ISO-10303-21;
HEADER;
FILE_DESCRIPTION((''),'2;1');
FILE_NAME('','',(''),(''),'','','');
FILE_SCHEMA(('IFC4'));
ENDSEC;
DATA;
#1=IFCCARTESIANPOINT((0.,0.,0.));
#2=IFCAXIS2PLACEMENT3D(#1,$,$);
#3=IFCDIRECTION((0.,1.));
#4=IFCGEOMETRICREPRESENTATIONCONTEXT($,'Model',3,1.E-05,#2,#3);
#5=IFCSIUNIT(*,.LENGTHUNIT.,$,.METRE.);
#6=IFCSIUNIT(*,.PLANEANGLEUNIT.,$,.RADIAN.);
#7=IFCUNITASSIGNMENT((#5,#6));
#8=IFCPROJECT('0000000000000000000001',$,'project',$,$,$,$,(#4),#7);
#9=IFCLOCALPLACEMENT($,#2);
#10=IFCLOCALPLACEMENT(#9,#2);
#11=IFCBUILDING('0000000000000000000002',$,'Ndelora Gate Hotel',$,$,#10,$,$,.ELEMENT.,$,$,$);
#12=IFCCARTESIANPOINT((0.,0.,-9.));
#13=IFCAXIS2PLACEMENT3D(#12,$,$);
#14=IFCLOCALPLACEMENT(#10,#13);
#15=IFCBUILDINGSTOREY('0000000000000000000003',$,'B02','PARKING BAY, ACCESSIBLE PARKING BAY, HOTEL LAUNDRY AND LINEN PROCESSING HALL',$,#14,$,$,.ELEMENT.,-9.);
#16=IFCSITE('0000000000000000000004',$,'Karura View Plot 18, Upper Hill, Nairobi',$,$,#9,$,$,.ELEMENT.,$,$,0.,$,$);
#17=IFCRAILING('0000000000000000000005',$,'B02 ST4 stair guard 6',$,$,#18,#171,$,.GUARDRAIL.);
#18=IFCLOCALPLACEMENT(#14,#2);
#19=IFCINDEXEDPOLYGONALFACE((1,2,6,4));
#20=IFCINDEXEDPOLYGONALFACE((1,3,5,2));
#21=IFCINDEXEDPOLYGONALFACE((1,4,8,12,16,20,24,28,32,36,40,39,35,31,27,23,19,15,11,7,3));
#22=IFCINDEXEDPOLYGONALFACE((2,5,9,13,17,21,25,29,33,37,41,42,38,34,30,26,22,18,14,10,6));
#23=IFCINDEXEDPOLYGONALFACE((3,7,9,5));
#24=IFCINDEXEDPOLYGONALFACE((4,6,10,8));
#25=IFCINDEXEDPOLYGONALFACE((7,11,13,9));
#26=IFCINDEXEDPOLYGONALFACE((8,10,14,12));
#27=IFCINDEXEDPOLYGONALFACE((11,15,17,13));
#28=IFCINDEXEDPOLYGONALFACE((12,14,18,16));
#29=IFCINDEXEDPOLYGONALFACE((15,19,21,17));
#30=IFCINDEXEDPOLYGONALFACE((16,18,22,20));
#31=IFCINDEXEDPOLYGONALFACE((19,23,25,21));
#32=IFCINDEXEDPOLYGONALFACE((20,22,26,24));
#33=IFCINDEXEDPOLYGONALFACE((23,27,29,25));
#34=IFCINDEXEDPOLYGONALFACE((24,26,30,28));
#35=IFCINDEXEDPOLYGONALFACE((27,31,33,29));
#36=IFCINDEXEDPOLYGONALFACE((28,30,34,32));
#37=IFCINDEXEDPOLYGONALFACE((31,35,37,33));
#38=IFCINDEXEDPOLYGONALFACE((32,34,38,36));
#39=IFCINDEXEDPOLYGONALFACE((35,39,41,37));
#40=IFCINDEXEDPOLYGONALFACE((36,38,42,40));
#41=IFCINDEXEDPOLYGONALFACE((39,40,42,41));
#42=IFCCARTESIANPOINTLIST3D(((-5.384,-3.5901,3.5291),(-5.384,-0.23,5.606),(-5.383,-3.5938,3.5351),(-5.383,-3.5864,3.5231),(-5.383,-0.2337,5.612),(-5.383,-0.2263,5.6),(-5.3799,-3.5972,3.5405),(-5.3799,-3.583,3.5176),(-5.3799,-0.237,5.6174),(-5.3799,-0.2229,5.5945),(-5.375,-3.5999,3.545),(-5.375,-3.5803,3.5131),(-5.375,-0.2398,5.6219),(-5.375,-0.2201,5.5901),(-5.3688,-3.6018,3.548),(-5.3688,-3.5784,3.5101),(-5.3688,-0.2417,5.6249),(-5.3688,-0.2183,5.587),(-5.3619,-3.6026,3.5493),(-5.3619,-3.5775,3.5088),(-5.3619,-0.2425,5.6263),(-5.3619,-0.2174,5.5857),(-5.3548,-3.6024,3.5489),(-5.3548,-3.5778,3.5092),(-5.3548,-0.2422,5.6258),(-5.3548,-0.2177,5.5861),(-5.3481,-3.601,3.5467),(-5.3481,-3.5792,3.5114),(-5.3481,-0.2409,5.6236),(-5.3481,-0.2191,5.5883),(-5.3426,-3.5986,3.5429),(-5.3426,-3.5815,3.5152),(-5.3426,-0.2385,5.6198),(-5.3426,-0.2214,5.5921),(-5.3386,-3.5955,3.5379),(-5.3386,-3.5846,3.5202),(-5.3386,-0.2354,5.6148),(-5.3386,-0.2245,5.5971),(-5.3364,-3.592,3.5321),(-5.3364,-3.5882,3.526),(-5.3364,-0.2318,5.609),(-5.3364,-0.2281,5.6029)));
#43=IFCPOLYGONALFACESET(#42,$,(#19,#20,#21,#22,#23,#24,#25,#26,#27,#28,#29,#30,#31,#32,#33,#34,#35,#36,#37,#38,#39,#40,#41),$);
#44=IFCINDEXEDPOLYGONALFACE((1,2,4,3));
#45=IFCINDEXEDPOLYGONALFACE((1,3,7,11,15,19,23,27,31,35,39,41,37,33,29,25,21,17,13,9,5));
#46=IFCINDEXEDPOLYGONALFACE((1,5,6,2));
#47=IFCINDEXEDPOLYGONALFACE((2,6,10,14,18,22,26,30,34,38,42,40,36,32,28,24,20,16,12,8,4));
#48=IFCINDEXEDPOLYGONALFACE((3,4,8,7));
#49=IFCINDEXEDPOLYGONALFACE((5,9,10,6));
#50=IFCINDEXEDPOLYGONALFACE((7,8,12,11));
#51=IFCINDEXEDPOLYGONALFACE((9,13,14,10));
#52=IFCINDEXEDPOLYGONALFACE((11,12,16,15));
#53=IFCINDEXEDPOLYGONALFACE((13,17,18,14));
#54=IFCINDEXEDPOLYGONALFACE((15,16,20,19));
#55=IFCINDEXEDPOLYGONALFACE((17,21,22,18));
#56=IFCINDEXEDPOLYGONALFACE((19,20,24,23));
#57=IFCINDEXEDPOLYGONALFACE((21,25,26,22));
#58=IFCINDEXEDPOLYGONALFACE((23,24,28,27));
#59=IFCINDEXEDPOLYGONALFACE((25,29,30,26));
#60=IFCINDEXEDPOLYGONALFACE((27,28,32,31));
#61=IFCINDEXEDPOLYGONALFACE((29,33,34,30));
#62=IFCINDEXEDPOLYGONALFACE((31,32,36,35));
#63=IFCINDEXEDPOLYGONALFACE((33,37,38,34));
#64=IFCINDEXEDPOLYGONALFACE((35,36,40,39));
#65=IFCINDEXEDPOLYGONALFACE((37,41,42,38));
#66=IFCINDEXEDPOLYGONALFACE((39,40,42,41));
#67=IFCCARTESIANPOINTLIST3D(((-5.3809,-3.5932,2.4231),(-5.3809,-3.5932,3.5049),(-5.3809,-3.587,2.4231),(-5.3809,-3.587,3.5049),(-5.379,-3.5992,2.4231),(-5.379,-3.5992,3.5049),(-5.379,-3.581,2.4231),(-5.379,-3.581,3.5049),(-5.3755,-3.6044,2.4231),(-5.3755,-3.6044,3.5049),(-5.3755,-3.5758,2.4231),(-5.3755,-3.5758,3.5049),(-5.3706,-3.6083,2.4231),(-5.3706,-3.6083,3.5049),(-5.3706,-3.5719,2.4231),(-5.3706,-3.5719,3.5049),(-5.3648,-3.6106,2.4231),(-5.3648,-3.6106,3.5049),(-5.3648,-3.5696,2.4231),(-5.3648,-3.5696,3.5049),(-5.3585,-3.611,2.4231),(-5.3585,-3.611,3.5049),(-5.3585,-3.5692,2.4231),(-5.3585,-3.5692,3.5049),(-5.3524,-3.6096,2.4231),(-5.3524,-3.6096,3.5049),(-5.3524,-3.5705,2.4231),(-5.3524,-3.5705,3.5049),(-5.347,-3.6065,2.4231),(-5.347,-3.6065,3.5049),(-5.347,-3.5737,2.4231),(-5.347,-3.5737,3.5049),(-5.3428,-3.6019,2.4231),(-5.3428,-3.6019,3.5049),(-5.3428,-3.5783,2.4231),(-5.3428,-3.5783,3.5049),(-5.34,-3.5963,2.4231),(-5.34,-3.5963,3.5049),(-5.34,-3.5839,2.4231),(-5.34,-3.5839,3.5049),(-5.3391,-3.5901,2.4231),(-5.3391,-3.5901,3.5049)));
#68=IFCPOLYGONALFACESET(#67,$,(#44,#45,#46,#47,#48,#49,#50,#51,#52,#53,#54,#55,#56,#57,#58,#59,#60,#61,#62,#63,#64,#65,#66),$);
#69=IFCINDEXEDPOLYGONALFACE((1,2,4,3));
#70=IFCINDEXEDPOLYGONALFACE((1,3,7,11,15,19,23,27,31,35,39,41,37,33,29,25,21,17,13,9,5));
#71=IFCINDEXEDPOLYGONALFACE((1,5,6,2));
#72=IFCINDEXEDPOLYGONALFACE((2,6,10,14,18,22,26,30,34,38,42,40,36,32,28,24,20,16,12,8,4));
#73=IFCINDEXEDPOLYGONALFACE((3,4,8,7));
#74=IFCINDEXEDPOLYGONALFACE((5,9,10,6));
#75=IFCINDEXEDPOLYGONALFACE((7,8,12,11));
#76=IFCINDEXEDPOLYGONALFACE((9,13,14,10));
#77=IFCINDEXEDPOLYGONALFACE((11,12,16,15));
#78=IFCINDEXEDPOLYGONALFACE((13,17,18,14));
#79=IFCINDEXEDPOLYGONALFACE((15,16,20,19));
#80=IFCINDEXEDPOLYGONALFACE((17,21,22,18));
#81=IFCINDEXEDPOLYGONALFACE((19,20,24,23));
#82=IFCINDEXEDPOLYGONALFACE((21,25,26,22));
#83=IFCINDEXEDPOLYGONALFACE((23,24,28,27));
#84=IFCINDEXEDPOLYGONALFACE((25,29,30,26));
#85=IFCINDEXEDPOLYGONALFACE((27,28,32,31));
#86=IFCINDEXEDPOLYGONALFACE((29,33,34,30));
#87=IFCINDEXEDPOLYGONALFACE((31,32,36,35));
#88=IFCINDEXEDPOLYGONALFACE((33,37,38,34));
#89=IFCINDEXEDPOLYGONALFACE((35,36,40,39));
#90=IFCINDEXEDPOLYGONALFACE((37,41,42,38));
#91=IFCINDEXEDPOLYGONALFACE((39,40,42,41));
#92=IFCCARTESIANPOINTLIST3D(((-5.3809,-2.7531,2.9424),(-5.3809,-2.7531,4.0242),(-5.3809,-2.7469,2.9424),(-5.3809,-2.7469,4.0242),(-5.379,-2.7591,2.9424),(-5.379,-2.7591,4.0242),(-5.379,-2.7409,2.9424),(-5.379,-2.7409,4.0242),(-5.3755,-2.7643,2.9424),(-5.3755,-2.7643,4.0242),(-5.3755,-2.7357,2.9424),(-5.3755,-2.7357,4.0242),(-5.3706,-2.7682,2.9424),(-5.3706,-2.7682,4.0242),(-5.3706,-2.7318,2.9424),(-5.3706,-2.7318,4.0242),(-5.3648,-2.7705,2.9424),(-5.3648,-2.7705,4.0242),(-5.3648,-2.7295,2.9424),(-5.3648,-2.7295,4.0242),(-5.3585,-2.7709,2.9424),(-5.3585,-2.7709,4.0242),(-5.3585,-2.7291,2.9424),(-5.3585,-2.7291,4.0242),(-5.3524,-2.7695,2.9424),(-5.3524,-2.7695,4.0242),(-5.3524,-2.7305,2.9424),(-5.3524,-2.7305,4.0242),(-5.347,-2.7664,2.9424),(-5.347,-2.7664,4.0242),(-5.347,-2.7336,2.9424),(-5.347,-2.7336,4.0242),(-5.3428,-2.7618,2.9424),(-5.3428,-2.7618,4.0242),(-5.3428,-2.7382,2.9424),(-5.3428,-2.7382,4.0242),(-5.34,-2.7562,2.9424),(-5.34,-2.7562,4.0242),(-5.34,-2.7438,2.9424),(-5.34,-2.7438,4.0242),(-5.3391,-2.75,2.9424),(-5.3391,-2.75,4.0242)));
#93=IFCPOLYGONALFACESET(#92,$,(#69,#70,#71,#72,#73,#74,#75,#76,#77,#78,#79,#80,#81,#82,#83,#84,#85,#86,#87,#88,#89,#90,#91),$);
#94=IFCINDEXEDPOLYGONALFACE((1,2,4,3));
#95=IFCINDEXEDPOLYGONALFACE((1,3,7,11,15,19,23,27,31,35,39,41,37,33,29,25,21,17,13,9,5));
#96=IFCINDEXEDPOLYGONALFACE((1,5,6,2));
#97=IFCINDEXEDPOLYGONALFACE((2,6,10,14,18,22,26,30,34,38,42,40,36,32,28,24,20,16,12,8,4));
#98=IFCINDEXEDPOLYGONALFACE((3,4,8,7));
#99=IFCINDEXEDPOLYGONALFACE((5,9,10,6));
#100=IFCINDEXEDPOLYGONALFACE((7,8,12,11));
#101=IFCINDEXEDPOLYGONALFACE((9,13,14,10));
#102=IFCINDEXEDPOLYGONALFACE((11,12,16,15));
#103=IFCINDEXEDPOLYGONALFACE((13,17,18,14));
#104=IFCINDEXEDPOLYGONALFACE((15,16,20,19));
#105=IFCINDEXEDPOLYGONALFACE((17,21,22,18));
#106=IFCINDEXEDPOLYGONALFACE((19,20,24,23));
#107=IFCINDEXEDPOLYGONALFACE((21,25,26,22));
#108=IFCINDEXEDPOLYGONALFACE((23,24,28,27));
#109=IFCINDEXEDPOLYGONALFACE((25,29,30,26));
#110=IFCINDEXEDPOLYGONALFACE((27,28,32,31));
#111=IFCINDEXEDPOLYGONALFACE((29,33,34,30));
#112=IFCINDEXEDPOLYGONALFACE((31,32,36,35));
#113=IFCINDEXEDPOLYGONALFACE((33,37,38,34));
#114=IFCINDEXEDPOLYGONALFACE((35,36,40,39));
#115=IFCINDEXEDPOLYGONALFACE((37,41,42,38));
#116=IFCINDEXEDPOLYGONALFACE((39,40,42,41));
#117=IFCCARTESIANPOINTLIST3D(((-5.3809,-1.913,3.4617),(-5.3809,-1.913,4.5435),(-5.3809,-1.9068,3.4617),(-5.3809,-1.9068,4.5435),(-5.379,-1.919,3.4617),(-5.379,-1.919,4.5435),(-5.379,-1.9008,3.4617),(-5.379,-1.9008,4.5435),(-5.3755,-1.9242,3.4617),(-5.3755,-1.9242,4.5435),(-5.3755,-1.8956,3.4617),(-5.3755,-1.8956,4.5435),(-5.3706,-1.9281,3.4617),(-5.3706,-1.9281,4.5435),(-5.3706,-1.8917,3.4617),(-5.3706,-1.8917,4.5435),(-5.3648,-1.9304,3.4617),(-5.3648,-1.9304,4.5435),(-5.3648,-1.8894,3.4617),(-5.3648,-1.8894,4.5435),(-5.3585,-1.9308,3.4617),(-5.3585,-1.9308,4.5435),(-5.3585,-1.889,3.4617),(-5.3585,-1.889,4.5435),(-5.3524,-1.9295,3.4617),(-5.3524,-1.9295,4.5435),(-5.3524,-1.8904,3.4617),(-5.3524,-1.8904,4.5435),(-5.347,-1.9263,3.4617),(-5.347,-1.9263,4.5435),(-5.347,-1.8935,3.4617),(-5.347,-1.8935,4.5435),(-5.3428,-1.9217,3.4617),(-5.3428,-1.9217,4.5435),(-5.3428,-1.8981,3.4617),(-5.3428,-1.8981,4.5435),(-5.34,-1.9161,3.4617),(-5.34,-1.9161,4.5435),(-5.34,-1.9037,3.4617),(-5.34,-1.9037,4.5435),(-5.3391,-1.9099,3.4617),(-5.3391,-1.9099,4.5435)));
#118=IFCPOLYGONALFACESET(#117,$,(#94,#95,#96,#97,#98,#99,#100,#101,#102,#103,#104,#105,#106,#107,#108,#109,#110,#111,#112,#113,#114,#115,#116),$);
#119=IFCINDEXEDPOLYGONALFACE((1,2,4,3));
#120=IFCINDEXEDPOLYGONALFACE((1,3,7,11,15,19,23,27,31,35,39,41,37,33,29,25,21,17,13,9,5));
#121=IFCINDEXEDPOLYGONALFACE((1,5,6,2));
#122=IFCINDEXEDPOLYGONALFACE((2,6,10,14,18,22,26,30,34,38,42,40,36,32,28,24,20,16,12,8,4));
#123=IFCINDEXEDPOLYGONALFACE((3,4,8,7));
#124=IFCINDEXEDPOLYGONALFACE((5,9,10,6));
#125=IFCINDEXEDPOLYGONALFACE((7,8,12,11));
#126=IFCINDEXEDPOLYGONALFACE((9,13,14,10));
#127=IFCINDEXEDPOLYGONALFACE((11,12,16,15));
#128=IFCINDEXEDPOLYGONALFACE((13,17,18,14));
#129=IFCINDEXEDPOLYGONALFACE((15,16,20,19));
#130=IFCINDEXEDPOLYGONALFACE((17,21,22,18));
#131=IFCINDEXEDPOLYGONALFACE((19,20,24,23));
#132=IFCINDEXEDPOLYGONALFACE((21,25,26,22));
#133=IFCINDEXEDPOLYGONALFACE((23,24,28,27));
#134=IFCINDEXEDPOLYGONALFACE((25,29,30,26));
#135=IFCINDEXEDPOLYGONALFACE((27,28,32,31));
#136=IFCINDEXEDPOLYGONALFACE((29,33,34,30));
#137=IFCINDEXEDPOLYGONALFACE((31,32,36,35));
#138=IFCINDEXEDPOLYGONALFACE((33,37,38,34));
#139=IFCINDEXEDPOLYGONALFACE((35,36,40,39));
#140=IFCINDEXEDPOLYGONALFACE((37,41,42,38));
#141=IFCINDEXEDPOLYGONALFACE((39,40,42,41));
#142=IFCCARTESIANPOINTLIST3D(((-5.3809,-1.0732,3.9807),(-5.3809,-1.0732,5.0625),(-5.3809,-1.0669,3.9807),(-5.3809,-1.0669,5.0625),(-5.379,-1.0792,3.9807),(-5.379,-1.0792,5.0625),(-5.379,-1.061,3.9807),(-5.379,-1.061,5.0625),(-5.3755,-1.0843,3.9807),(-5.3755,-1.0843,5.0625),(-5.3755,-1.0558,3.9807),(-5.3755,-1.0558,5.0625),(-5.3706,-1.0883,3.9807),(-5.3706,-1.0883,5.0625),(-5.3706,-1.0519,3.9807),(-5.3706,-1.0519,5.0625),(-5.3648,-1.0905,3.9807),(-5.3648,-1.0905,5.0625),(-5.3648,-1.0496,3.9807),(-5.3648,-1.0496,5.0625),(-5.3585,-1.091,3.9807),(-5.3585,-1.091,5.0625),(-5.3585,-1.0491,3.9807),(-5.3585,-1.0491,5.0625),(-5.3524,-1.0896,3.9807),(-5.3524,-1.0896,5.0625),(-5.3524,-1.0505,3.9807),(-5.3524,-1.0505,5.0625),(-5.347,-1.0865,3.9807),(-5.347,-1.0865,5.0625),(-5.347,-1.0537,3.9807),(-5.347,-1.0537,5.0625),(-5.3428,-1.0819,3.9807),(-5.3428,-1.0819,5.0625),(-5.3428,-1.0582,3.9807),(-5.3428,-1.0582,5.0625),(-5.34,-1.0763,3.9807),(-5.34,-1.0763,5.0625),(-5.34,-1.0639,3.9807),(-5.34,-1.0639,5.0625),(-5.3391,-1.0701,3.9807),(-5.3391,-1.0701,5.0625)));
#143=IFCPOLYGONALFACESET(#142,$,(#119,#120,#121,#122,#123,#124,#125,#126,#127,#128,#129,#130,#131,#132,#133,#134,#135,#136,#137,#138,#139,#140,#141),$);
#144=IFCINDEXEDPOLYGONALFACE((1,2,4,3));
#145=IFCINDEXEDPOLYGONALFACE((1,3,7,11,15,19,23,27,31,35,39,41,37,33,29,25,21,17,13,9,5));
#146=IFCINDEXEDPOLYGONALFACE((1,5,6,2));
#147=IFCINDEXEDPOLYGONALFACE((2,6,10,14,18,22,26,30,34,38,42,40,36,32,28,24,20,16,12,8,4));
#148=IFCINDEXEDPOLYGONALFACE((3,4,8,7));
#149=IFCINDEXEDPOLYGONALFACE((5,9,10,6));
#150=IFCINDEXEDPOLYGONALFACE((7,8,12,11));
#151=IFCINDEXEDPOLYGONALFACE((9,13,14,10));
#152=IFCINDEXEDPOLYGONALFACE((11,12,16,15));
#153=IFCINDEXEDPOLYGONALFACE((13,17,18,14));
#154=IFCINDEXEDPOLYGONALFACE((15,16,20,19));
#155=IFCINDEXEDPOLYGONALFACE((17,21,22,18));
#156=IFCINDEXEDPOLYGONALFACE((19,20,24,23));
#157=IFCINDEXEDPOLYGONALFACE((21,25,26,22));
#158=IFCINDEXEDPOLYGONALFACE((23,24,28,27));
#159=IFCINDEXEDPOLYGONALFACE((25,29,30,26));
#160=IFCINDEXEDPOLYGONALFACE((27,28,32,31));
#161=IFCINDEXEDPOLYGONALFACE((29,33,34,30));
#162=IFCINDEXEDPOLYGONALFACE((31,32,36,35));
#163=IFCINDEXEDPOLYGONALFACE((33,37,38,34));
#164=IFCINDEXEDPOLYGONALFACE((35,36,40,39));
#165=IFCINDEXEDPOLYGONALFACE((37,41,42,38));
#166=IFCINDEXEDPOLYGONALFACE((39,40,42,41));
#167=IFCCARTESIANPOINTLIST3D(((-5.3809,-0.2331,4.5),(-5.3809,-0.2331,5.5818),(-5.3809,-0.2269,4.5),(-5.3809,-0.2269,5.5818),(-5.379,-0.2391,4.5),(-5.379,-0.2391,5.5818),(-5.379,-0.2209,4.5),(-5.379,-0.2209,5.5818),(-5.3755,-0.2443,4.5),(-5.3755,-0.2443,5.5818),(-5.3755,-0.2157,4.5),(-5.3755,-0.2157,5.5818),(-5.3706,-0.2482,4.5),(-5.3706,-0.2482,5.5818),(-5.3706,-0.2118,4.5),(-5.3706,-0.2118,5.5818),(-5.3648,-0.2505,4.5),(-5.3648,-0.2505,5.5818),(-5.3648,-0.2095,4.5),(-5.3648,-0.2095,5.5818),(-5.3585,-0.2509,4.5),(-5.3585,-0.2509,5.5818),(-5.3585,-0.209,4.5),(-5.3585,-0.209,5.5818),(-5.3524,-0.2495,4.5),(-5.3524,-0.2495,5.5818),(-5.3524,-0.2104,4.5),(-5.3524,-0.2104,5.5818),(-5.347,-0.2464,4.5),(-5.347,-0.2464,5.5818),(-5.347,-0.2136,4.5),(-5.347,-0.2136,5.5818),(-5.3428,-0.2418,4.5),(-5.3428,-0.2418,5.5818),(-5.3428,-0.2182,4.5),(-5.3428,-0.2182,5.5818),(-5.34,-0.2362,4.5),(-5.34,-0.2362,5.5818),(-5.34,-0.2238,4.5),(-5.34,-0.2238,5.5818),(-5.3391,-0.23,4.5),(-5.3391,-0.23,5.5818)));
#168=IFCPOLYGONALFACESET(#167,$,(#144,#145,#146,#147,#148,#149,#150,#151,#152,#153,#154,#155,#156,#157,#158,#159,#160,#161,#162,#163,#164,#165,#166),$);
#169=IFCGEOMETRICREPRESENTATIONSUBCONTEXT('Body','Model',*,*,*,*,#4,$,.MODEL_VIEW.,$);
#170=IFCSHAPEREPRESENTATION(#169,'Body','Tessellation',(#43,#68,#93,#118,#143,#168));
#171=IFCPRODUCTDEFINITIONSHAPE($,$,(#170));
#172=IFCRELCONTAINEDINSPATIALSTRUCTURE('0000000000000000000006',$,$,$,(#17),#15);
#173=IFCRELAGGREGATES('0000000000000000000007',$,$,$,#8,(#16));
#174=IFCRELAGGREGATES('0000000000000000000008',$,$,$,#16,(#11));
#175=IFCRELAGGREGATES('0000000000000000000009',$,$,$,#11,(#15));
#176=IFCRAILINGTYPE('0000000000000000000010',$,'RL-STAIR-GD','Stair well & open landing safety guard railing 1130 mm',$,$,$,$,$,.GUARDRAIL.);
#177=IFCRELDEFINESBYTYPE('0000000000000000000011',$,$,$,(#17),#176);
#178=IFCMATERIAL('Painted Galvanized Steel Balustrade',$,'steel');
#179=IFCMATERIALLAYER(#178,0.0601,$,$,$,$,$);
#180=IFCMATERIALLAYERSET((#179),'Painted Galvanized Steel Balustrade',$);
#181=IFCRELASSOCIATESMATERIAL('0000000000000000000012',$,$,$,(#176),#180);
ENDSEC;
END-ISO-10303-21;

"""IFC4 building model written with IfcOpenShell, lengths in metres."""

from ifc_helpers import new_model, si_unit, direction, frame, origin, origin_2d, place, context, subcontext, project, spatial, circle, extrude, material, layer, layer_set, type_object, element, save


model = new_model("IFC4")

# Units and contexts
model_context = context("Model", 3, precision=1e-05, world=origin(), true_north=direction((0.0, 1.0)))
body_context = subcontext(model_context, "Body", "Model", "MODEL_VIEW")
ifc_project = project(units=[si_unit("LENGTHUNIT", "METRE"), si_unit("PLANEANGLEUNIT", "RADIAN")], contexts=[model_context])

# Site, building, storey
site_placement = place(None, origin())
site = spatial("IfcSite", under=ifc_project, at=site_placement, Name="Karura View Plot 18, Upper Hill, Nairobi", CompositionType="ELEMENT", RefElevation=0.0)
building_placement = place(site_placement, origin())
building = spatial("IfcBuilding", under=site, at=building_placement, Name="Ndelora Gate Hotel", CompositionType="ELEMENT")
storey_placement = place(building_placement, frame((0.0, 0.0, -9.0)))
storey = spatial("IfcBuildingStorey", under=building, at=storey_placement, Name="B02", Description="PARKING BAY, ACCESSIBLE PARKING BAY, HOTEL LAUNDRY AND LINEN PROCESSING HALL", CompositionType="ELEMENT", Elevation=-9.0)

# Railing
ifc_material_1 = material(Name="Painted Galvanized Steel Balustrade", Category="steel")
ifc_layer_1 = layer(ifc_material_1, 0.0601)
ifc_layer_set_1 = layer_set([ifc_layer_1], Name="Painted Galvanized Steel Balustrade")
railing_type_1 = type_object("IfcRailingType", Name="RL-STAIR-GD", Description="Stair well & open landing safety guard railing 1130 mm", PredefinedType="GUARDRAIL", material=ifc_layer_set_1)
railing_1_placement = place(storey_placement, frame((-5.3601, -3.5901, 2.4231)))
element("IfcRailing", 1, at=railing_1_placement, inside=storey, type_object=railing_type_1, Name="B02 ST4 stair guard 6", PredefinedType="GUARDRAIL", context=body_context, shape_type="SweptSolid", body=[
    extrude(circle(Radius=0.0239, at=origin_2d()), frame((0.0, 0.0, 1.106), z_axis=(0.0, 0.850623, 0.525776), x_axis=(-1.0, 0.0, 0.0)), (0.0, 0.0, 1.0), 3.9502),
    extrude(circle(Radius=0.021, at=origin_2d()), origin(), (0.0, 0.0, 1.0), 1.0818),
    extrude(circle(Radius=0.021, at=origin_2d()), frame((0.0, 0.8401, 0.5193)), (0.0, 0.0, 1.0), 1.0818),
    extrude(circle(Radius=0.021, at=origin_2d()), frame((0.0, 1.6802, 1.0386)), (0.0, 0.0, 1.0), 1.0818),
    extrude(circle(Radius=0.021, at=origin_2d()), frame((0.0, 2.52, 1.5576)), (0.0, 0.0, 1.0), 1.0818),
    extrude(circle(Radius=0.021, at=origin_2d()), frame((0.0, 3.3601, 2.0769)), (0.0, 0.0, 1.0), 1.0818),
])

save(model, "model.ifc")
